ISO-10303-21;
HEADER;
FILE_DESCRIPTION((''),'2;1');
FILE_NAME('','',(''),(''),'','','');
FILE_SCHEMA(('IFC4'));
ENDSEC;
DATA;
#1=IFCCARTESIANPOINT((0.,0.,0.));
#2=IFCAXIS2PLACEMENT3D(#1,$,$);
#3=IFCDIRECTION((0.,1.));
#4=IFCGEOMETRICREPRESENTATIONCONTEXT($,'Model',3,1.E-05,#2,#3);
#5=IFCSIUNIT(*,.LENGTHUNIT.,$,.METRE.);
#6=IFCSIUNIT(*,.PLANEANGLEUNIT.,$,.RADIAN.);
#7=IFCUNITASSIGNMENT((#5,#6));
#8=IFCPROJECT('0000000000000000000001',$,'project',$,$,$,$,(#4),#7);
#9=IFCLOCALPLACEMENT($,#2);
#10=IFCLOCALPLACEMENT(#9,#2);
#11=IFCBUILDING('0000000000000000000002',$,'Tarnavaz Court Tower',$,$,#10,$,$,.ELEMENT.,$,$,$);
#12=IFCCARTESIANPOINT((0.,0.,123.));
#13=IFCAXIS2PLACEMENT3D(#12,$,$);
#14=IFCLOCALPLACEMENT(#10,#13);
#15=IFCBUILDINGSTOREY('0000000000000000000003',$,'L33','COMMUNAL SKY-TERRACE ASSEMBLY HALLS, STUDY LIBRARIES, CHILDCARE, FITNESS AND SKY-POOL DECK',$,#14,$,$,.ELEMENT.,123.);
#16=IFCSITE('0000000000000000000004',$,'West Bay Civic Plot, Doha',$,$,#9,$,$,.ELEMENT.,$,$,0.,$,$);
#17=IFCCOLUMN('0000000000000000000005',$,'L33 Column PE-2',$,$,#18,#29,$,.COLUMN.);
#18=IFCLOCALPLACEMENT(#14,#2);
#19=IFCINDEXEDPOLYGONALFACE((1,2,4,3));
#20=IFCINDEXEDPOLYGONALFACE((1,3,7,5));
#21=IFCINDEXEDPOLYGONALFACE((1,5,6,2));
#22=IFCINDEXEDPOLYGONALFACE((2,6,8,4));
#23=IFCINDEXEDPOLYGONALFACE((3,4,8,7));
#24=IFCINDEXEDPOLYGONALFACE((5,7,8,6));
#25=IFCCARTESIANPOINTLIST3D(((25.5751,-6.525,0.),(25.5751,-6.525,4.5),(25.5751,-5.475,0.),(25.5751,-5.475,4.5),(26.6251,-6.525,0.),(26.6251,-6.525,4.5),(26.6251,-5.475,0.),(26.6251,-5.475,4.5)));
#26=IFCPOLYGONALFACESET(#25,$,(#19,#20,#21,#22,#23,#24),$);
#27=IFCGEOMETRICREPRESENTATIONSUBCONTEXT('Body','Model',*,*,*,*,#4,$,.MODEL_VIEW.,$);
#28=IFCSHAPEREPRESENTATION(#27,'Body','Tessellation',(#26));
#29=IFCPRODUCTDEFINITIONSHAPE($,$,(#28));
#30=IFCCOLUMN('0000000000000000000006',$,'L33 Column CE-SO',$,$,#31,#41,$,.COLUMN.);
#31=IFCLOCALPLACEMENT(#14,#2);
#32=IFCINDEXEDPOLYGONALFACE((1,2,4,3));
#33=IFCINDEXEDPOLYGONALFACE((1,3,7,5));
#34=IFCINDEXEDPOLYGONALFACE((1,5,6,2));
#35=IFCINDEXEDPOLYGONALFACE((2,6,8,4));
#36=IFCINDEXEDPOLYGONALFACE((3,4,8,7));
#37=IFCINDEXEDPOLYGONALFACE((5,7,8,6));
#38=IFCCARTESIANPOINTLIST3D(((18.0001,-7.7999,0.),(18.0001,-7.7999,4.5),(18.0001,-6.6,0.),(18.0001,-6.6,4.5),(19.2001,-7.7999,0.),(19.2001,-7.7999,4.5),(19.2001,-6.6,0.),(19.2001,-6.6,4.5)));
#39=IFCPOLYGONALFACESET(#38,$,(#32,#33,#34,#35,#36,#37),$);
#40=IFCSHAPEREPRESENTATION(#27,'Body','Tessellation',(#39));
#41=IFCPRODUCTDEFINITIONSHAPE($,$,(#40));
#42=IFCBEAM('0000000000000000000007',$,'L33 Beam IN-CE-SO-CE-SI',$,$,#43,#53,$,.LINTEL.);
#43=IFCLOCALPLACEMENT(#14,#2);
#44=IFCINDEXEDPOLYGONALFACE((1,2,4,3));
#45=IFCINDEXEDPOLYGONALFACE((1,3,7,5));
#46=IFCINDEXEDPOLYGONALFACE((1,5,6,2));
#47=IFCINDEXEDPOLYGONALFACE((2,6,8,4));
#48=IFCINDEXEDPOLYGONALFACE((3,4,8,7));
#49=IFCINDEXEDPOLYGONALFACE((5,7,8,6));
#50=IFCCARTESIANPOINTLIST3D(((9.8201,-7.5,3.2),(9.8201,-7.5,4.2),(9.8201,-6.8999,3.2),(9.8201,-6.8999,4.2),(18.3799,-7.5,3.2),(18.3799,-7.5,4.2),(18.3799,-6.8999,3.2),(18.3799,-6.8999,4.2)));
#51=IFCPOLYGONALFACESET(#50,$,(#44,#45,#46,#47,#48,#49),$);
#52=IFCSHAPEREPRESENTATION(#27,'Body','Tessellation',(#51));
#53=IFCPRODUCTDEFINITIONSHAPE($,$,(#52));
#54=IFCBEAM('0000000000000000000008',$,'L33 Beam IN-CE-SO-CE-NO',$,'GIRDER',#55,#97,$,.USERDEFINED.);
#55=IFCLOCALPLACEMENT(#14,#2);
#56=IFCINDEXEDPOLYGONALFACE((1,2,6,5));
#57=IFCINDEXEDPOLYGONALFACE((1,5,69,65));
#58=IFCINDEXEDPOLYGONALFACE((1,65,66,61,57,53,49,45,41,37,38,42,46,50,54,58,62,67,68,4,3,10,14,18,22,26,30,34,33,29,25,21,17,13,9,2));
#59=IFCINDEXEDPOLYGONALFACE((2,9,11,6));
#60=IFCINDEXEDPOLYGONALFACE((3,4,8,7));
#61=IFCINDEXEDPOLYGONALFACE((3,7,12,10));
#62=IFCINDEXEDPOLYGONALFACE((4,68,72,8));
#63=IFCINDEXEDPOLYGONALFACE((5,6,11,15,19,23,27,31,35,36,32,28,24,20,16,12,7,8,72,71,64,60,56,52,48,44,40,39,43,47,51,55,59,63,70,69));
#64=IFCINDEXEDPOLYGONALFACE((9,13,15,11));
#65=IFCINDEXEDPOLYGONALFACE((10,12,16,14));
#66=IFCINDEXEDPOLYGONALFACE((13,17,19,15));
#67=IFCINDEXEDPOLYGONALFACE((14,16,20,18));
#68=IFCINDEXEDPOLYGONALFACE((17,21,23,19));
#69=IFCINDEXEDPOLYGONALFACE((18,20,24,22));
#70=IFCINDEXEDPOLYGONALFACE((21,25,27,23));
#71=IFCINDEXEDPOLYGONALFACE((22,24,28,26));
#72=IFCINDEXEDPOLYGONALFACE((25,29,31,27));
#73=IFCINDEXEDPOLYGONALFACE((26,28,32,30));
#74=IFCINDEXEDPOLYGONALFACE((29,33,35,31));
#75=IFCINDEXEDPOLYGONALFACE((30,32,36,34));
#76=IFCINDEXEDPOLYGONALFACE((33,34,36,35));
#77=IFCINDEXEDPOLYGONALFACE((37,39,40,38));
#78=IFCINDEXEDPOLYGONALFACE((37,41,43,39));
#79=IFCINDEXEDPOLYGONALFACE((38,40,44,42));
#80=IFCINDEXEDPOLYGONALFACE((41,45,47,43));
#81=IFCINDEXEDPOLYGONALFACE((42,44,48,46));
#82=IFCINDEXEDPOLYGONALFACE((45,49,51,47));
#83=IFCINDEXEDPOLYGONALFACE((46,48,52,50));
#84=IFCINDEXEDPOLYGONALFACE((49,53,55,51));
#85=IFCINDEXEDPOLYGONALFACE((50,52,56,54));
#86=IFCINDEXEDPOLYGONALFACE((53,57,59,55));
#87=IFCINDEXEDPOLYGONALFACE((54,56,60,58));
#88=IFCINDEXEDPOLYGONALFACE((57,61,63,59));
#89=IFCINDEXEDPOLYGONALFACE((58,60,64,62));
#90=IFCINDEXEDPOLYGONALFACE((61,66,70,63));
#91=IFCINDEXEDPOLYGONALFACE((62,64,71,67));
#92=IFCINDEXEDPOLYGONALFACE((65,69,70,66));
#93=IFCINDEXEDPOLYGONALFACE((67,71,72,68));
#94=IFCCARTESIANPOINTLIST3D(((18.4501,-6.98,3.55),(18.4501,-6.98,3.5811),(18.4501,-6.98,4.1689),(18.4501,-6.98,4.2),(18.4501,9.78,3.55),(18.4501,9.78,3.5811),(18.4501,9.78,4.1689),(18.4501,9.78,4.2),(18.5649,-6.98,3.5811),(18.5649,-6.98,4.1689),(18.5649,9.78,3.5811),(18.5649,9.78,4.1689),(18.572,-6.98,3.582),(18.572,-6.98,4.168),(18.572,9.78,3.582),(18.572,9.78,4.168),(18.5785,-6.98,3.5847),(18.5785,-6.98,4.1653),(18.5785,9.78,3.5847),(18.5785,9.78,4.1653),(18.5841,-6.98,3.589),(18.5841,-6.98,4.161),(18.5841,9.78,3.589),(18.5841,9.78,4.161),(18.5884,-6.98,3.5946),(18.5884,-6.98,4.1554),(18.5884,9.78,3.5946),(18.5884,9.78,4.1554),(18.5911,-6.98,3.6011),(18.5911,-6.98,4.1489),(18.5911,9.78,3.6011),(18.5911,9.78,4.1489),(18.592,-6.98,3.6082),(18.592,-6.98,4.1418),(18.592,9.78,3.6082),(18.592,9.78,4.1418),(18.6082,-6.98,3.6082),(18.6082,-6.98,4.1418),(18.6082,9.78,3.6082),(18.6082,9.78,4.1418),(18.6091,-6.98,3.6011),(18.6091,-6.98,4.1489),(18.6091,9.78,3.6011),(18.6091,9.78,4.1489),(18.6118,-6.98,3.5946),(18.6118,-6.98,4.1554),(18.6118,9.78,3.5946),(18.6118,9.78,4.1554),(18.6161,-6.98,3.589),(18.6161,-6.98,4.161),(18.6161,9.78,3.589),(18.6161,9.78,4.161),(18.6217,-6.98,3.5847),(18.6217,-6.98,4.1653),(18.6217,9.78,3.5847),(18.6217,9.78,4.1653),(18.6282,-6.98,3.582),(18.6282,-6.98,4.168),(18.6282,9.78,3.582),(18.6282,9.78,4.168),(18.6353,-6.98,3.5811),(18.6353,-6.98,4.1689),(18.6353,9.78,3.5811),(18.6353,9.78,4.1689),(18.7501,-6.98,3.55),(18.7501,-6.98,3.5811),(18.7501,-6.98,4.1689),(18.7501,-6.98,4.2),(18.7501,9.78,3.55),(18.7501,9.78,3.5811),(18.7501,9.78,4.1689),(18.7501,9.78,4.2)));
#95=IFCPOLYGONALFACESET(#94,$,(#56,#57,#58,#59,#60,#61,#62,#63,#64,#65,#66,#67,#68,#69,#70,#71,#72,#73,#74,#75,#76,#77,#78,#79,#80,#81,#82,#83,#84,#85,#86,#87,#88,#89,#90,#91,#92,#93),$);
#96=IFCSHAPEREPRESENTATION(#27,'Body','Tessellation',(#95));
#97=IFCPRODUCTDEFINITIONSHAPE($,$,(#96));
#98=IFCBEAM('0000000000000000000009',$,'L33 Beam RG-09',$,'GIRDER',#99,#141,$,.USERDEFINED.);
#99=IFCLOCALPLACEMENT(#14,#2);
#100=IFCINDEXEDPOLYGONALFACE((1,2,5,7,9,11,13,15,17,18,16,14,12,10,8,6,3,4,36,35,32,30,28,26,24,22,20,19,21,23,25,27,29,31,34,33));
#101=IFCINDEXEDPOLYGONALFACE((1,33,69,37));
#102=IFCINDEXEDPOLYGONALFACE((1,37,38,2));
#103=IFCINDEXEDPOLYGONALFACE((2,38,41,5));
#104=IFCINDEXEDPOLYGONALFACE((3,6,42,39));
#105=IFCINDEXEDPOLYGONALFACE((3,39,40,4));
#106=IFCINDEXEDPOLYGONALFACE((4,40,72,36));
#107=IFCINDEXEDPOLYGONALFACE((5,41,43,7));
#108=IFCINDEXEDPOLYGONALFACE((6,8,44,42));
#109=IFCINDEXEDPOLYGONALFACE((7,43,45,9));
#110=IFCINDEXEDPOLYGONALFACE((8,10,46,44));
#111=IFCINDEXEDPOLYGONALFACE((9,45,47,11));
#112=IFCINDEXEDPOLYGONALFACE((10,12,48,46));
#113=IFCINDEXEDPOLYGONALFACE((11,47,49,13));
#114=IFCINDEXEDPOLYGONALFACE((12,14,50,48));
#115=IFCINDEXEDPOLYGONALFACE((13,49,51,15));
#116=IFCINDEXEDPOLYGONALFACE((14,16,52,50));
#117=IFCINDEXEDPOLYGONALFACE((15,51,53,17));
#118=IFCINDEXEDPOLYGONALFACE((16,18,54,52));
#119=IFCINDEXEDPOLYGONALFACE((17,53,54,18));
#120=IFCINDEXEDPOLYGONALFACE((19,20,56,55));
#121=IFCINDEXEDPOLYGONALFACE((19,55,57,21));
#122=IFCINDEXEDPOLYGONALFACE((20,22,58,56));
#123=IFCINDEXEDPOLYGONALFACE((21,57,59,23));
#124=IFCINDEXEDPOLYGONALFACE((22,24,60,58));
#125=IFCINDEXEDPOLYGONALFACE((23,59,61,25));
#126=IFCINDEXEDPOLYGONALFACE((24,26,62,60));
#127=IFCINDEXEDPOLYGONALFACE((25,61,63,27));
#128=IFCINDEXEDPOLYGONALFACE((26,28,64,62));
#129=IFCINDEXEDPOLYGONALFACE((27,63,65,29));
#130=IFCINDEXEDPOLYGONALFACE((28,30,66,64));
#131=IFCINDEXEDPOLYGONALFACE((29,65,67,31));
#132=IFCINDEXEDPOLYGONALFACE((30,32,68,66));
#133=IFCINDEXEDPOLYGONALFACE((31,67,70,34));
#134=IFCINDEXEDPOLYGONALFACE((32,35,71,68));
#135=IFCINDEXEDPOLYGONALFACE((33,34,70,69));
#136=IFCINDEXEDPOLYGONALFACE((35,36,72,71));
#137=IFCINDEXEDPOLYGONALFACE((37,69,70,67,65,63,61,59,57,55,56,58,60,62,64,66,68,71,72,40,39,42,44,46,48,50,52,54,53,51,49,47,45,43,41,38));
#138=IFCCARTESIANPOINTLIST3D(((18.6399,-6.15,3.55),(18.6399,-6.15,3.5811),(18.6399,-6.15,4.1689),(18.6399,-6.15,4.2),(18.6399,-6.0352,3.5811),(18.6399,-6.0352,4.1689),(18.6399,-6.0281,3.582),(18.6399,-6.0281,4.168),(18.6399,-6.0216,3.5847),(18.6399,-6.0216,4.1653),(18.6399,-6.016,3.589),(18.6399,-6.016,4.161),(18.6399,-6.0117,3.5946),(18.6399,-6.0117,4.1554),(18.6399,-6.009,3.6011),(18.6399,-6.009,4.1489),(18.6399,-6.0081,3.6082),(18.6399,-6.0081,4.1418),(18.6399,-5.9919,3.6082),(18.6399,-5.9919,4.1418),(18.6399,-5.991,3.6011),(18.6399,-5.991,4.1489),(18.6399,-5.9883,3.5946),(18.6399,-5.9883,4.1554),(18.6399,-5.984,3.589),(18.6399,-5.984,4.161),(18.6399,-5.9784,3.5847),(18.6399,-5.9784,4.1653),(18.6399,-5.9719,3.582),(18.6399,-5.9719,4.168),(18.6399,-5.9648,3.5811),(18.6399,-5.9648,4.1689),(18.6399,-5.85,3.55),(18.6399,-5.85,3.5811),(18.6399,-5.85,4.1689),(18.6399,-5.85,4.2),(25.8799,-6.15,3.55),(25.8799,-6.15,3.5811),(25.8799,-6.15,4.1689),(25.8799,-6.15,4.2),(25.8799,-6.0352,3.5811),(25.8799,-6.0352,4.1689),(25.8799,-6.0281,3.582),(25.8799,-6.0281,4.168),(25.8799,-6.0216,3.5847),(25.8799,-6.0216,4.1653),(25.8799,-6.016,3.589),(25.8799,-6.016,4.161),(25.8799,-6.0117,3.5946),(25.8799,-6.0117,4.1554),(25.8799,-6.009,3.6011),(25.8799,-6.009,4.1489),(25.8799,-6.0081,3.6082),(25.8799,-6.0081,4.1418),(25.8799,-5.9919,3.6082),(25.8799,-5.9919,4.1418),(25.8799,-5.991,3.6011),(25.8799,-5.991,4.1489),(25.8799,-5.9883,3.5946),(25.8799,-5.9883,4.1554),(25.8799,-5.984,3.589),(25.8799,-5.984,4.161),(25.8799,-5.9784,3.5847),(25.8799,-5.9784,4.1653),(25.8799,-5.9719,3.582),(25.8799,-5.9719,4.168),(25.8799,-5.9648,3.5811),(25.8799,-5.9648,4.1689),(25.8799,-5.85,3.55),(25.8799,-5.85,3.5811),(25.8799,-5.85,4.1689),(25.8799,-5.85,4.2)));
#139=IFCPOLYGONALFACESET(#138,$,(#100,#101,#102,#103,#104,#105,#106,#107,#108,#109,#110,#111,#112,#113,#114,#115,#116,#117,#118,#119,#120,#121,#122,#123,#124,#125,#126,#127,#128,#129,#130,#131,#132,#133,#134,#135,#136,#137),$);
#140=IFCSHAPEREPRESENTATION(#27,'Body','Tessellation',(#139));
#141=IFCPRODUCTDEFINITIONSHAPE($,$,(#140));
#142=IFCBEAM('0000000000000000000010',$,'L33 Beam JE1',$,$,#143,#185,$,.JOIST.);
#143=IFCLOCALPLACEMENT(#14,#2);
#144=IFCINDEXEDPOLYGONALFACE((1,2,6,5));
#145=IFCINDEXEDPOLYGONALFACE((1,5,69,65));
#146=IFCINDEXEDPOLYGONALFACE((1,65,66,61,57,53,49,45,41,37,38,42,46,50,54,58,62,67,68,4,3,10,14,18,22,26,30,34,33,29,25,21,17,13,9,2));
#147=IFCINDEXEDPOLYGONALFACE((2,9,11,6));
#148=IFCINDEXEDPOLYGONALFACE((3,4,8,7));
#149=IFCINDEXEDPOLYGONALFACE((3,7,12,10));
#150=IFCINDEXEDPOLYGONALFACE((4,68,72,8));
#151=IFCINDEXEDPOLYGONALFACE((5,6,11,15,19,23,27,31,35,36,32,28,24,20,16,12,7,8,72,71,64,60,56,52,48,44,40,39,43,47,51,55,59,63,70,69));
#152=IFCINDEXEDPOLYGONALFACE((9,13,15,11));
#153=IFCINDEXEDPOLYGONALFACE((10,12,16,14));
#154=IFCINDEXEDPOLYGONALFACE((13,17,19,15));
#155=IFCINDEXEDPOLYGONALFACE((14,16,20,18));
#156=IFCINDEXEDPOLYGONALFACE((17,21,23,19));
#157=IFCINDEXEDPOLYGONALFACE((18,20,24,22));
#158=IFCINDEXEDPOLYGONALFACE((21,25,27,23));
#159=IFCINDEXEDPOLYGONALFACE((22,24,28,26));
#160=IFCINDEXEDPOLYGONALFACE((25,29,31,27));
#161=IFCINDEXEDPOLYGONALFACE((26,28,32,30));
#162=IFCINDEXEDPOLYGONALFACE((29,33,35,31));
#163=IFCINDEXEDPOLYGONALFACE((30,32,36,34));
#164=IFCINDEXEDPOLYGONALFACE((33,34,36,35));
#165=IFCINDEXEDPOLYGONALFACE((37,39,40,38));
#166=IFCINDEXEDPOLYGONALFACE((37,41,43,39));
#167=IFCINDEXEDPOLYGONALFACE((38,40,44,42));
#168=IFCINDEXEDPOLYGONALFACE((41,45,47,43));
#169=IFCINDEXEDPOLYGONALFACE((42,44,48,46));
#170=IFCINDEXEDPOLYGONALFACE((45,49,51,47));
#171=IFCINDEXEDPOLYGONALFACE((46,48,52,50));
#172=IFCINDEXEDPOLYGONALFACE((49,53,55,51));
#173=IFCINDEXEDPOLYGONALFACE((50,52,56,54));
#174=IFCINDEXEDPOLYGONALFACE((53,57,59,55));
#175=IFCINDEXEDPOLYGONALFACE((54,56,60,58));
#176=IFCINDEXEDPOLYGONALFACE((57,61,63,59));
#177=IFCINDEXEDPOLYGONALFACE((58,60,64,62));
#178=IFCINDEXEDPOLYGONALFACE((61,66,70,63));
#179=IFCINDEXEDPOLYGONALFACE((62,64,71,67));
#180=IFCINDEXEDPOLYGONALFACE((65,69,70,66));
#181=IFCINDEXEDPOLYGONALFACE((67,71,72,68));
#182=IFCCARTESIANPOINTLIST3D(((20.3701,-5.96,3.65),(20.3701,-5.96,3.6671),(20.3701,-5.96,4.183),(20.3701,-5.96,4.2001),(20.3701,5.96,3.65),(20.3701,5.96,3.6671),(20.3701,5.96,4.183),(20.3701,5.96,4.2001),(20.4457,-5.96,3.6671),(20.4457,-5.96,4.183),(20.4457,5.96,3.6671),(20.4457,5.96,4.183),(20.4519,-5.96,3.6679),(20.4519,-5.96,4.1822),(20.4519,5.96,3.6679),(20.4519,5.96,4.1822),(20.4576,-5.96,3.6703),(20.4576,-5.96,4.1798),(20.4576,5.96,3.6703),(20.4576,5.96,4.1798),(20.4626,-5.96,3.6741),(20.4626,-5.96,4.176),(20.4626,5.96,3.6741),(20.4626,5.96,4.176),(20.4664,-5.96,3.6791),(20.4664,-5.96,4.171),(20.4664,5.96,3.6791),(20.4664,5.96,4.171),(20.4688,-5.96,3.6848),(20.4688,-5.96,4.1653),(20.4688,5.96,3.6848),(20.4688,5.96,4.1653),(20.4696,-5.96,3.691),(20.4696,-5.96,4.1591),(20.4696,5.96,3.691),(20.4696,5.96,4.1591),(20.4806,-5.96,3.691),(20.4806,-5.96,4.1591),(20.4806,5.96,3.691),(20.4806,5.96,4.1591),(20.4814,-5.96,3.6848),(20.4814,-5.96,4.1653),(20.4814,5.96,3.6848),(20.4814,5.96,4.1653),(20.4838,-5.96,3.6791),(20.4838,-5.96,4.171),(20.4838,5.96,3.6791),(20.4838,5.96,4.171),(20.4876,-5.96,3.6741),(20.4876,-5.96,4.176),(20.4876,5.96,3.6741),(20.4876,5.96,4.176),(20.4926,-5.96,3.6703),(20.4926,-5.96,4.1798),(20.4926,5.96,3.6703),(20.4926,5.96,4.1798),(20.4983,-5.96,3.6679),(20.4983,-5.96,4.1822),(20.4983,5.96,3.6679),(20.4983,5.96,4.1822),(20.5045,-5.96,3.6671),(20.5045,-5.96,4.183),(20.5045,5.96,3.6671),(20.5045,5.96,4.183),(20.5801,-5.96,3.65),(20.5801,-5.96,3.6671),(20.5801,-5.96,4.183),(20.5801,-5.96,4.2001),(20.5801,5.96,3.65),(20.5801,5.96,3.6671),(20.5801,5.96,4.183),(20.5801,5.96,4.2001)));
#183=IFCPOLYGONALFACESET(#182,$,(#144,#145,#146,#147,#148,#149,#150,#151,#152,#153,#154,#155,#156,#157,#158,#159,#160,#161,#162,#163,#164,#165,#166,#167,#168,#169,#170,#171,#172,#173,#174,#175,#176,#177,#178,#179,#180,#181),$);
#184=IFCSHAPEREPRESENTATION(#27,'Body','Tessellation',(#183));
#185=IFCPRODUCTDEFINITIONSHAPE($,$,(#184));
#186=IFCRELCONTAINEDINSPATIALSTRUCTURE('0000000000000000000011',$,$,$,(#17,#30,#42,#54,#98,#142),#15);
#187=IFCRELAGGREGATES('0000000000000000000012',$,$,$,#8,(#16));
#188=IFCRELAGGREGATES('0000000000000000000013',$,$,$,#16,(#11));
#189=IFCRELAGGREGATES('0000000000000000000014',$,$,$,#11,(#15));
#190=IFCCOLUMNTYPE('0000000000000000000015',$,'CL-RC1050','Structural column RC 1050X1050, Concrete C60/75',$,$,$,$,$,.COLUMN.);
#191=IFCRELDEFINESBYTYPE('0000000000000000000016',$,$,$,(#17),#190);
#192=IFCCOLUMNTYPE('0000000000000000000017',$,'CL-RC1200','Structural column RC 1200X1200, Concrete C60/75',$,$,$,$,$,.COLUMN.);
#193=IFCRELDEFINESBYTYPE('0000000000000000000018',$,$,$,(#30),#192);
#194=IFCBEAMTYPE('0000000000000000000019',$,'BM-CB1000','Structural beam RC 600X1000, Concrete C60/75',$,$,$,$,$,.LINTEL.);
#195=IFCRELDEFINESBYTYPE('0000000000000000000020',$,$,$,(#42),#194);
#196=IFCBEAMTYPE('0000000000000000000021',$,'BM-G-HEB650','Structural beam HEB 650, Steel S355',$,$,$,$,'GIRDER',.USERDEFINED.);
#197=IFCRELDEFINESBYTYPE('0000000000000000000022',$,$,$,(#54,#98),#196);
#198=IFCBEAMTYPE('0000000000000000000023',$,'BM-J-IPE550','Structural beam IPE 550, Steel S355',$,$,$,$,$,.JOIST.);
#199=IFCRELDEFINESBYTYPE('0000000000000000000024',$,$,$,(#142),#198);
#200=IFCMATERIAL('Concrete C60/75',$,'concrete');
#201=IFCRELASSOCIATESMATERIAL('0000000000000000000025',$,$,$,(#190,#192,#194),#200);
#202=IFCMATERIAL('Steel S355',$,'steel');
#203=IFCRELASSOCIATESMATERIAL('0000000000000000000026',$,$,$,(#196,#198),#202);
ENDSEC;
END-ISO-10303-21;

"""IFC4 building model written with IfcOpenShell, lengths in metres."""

from ifc_helpers import new_model, si_unit, direction, frame, origin, origin_2d, place, context, subcontext, project, spatial, rectangle, i_section, extrude, material, material_profile, profile_set, type_object, element, save


model = new_model("IFC4")

# Units and contexts
model_context = context("Model", 3, precision=1e-05, world=origin(), true_north=direction((0.0, 1.0)))
body_context = subcontext(model_context, "Body", "Model", "MODEL_VIEW")
ifc_project = project(units=[si_unit("LENGTHUNIT", "METRE"), si_unit("PLANEANGLEUNIT", "RADIAN")], contexts=[model_context])

# Site, building, storey
site_placement = place(None, origin())
site = spatial("IfcSite", under=ifc_project, at=site_placement, Name="West Bay Civic Plot, Doha", CompositionType="ELEMENT", RefElevation=0.0)
building_placement = place(site_placement, origin())
building = spatial("IfcBuilding", under=site, at=building_placement, Name="Tarnavaz Court Tower", CompositionType="ELEMENT")
storey_placement = place(building_placement, frame((0.0, 0.0, 123.0)))
storey = spatial("IfcBuildingStorey", under=building, at=storey_placement, Name="L33", Description="COMMUNAL SKY-TERRACE ASSEMBLY HALLS, STUDY LIBRARIES, CHILDCARE, FITNESS AND SKY-POOL DECK", CompositionType="ELEMENT", Elevation=123.0)

# Columns
ifc_material_1 = material(Name="Concrete C60/75", Category="concrete")
ifc_material_profile_1 = material_profile(ifc_material_1, rectangle(XDim=1.05, YDim=1.05, at=origin_2d()), Name="RC 1050X1050")
ifc_profile_set_1 = profile_set([ifc_material_profile_1], Name="Concrete C60/75")
column_type_1 = type_object("IfcColumnType", Name="CL-RC1050", Description="Structural column RC 1050X1050, Concrete C60/75", PredefinedType="COLUMN", material=ifc_profile_set_1)
column_1_placement = place(storey_placement, frame((26.1001, -6.0, 0.0), z_axis=(0.0, 0.0, 1.0), x_axis=(1.0, 0.0, 0.0)))
element("IfcColumn", 1, at=column_1_placement, inside=storey, type_object=column_type_1, Name="L33 Column PE-2", PredefinedType="COLUMN", context=body_context, shape_type="SweptSolid", body=[
    extrude(rectangle(XDim=1.05, YDim=1.05, at=origin_2d()), origin(), (0.0, 0.0, 1.0), 4.5),
])
ifc_material_profile_2 = material_profile(ifc_material_1, rectangle(XDim=1.2, YDim=1.2, at=origin_2d()), Name="RC 1200X1200")
ifc_profile_set_2 = profile_set([ifc_material_profile_2], Name="Concrete C60/75")
column_type_2 = type_object("IfcColumnType", Name="CL-RC1200", Description="Structural column RC 1200X1200, Concrete C60/75", PredefinedType="COLUMN", material=ifc_profile_set_2)
column_2_placement = place(storey_placement, frame((18.6001, -7.2, 0.0), z_axis=(0.0, 0.0, 1.0), x_axis=(1.0, 0.0, 0.0)))
element("IfcColumn", 2, at=column_2_placement, inside=storey, type_object=column_type_2, Name="L33 Column CE-SO", PredefinedType="COLUMN", context=body_context, shape_type="SweptSolid", body=[
    extrude(rectangle(XDim=1.2, YDim=1.2, at=origin_2d()), origin(), (0.0, 0.0, 1.0), 4.5),
])

# Beams
ifc_material_profile_3 = material_profile(ifc_material_1, rectangle(XDim=0.6001, YDim=1.0, at=origin_2d()), Name="RC 600X1000")
ifc_profile_set_3 = profile_set([ifc_material_profile_3], Name="Concrete C60/75")
beam_type_1 = type_object("IfcBeamType", Name="BM-CB1000", Description="Structural beam RC 600X1000, Concrete C60/75", PredefinedType="LINTEL", material=ifc_profile_set_3)
beam_1_placement = place(storey_placement, frame((18.3799, -7.2, 3.7), z_axis=(-1.0, 0.0, 0.0), x_axis=(0.0, -1.0, 0.0)))
element("IfcBeam", 3, at=beam_1_placement, inside=storey, type_object=beam_type_1, Name="L33 Beam IN-CE-SO-CE-SI", PredefinedType="LINTEL", context=body_context, shape_type="SweptSolid", body=[
    extrude(rectangle(XDim=0.6001, YDim=1.0, at=origin_2d()), origin(), (0.0, 0.0, 1.0), 8.5598),
])
ifc_material_2 = material(Name="Steel S355", Category="steel")
ifc_material_profile_4 = material_profile(ifc_material_2, i_section(OverallWidth=0.3, OverallDepth=0.6499, WebThickness=0.0161, FlangeThickness=0.031, FilletRadius=0.0271, at=origin_2d()), Name="HEB 650")
ifc_profile_set_4 = profile_set([ifc_material_profile_4], Name="Steel S355")
beam_type_2 = type_object("IfcBeamType", Name="BM-G-HEB650", Description="Structural beam HEB 650, Steel S355", ElementType="GIRDER", PredefinedType="USERDEFINED", material=ifc_profile_set_4)
beam_2_placement = place(storey_placement, frame((18.6001, -6.98, 3.875), z_axis=(0.0, 1.0, 0.0), x_axis=(-1.0, 0.0, 0.0)))
element("IfcBeam", 4, at=beam_2_placement, inside=storey, type_object=beam_type_2, Name="L33 Beam IN-CE-SO-CE-NO", ObjectType="GIRDER", PredefinedType="USERDEFINED", context=body_context, shape_type="SweptSolid", body=[
    extrude(i_section(OverallWidth=0.3, OverallDepth=0.6499, WebThickness=0.0161, FlangeThickness=0.031, FilletRadius=0.0271, at=origin_2d()), origin(), (0.0, 0.0, 1.0), 16.76),
])
beam_3_placement = place(storey_placement, frame((18.6399, -6.0, 3.875), z_axis=(1.0, 0.0, 0.0), x_axis=(0.0, 1.0, 0.0)))
element("IfcBeam", 5, at=beam_3_placement, inside=storey, type_object=beam_type_2, Name="L33 Beam RG-09", ObjectType="GIRDER", PredefinedType="USERDEFINED", context=body_context, shape_type="SweptSolid", body=[
    extrude(i_section(OverallWidth=0.3, OverallDepth=0.6499, WebThickness=0.0161, FlangeThickness=0.031, FilletRadius=0.0271, at=origin_2d()), origin(), (0.0, 0.0, 1.0), 7.24),
])
ifc_material_profile_5 = material_profile(ifc_material_2, i_section(OverallWidth=0.21, OverallDepth=0.55, WebThickness=0.011, FlangeThickness=0.0171, FilletRadius=0.0239, at=origin_2d()), Name="IPE 550")
ifc_profile_set_5 = profile_set([ifc_material_profile_5], Name="Steel S355")
beam_type_3 = type_object("IfcBeamType", Name="BM-J-IPE550", Description="Structural beam IPE 550, Steel S355", PredefinedType="JOIST", material=ifc_profile_set_5)
for number, where, z_axis, x_axis, name in (
    (6, (20.4751, -5.96, 3.925), (0.0, 1.0, 0.0), (-1.0, 0.0, 0.0), "L33 Beam JE1"),
):
    element("IfcBeam", number, at=place(storey_placement, frame(where, z_axis=z_axis, x_axis=x_axis)), inside=storey, type_object=beam_type_3, Name=name, PredefinedType="JOIST", context=body_context, shape_type="SweptSolid", body=[
        extrude(i_section(OverallWidth=0.21, OverallDepth=0.55, WebThickness=0.011, FlangeThickness=0.0171, FilletRadius=0.0239, at=origin_2d()), origin(), (0.0, 0.0, 1.0), 11.9199),
    ])

save(model, "model.ifc")
